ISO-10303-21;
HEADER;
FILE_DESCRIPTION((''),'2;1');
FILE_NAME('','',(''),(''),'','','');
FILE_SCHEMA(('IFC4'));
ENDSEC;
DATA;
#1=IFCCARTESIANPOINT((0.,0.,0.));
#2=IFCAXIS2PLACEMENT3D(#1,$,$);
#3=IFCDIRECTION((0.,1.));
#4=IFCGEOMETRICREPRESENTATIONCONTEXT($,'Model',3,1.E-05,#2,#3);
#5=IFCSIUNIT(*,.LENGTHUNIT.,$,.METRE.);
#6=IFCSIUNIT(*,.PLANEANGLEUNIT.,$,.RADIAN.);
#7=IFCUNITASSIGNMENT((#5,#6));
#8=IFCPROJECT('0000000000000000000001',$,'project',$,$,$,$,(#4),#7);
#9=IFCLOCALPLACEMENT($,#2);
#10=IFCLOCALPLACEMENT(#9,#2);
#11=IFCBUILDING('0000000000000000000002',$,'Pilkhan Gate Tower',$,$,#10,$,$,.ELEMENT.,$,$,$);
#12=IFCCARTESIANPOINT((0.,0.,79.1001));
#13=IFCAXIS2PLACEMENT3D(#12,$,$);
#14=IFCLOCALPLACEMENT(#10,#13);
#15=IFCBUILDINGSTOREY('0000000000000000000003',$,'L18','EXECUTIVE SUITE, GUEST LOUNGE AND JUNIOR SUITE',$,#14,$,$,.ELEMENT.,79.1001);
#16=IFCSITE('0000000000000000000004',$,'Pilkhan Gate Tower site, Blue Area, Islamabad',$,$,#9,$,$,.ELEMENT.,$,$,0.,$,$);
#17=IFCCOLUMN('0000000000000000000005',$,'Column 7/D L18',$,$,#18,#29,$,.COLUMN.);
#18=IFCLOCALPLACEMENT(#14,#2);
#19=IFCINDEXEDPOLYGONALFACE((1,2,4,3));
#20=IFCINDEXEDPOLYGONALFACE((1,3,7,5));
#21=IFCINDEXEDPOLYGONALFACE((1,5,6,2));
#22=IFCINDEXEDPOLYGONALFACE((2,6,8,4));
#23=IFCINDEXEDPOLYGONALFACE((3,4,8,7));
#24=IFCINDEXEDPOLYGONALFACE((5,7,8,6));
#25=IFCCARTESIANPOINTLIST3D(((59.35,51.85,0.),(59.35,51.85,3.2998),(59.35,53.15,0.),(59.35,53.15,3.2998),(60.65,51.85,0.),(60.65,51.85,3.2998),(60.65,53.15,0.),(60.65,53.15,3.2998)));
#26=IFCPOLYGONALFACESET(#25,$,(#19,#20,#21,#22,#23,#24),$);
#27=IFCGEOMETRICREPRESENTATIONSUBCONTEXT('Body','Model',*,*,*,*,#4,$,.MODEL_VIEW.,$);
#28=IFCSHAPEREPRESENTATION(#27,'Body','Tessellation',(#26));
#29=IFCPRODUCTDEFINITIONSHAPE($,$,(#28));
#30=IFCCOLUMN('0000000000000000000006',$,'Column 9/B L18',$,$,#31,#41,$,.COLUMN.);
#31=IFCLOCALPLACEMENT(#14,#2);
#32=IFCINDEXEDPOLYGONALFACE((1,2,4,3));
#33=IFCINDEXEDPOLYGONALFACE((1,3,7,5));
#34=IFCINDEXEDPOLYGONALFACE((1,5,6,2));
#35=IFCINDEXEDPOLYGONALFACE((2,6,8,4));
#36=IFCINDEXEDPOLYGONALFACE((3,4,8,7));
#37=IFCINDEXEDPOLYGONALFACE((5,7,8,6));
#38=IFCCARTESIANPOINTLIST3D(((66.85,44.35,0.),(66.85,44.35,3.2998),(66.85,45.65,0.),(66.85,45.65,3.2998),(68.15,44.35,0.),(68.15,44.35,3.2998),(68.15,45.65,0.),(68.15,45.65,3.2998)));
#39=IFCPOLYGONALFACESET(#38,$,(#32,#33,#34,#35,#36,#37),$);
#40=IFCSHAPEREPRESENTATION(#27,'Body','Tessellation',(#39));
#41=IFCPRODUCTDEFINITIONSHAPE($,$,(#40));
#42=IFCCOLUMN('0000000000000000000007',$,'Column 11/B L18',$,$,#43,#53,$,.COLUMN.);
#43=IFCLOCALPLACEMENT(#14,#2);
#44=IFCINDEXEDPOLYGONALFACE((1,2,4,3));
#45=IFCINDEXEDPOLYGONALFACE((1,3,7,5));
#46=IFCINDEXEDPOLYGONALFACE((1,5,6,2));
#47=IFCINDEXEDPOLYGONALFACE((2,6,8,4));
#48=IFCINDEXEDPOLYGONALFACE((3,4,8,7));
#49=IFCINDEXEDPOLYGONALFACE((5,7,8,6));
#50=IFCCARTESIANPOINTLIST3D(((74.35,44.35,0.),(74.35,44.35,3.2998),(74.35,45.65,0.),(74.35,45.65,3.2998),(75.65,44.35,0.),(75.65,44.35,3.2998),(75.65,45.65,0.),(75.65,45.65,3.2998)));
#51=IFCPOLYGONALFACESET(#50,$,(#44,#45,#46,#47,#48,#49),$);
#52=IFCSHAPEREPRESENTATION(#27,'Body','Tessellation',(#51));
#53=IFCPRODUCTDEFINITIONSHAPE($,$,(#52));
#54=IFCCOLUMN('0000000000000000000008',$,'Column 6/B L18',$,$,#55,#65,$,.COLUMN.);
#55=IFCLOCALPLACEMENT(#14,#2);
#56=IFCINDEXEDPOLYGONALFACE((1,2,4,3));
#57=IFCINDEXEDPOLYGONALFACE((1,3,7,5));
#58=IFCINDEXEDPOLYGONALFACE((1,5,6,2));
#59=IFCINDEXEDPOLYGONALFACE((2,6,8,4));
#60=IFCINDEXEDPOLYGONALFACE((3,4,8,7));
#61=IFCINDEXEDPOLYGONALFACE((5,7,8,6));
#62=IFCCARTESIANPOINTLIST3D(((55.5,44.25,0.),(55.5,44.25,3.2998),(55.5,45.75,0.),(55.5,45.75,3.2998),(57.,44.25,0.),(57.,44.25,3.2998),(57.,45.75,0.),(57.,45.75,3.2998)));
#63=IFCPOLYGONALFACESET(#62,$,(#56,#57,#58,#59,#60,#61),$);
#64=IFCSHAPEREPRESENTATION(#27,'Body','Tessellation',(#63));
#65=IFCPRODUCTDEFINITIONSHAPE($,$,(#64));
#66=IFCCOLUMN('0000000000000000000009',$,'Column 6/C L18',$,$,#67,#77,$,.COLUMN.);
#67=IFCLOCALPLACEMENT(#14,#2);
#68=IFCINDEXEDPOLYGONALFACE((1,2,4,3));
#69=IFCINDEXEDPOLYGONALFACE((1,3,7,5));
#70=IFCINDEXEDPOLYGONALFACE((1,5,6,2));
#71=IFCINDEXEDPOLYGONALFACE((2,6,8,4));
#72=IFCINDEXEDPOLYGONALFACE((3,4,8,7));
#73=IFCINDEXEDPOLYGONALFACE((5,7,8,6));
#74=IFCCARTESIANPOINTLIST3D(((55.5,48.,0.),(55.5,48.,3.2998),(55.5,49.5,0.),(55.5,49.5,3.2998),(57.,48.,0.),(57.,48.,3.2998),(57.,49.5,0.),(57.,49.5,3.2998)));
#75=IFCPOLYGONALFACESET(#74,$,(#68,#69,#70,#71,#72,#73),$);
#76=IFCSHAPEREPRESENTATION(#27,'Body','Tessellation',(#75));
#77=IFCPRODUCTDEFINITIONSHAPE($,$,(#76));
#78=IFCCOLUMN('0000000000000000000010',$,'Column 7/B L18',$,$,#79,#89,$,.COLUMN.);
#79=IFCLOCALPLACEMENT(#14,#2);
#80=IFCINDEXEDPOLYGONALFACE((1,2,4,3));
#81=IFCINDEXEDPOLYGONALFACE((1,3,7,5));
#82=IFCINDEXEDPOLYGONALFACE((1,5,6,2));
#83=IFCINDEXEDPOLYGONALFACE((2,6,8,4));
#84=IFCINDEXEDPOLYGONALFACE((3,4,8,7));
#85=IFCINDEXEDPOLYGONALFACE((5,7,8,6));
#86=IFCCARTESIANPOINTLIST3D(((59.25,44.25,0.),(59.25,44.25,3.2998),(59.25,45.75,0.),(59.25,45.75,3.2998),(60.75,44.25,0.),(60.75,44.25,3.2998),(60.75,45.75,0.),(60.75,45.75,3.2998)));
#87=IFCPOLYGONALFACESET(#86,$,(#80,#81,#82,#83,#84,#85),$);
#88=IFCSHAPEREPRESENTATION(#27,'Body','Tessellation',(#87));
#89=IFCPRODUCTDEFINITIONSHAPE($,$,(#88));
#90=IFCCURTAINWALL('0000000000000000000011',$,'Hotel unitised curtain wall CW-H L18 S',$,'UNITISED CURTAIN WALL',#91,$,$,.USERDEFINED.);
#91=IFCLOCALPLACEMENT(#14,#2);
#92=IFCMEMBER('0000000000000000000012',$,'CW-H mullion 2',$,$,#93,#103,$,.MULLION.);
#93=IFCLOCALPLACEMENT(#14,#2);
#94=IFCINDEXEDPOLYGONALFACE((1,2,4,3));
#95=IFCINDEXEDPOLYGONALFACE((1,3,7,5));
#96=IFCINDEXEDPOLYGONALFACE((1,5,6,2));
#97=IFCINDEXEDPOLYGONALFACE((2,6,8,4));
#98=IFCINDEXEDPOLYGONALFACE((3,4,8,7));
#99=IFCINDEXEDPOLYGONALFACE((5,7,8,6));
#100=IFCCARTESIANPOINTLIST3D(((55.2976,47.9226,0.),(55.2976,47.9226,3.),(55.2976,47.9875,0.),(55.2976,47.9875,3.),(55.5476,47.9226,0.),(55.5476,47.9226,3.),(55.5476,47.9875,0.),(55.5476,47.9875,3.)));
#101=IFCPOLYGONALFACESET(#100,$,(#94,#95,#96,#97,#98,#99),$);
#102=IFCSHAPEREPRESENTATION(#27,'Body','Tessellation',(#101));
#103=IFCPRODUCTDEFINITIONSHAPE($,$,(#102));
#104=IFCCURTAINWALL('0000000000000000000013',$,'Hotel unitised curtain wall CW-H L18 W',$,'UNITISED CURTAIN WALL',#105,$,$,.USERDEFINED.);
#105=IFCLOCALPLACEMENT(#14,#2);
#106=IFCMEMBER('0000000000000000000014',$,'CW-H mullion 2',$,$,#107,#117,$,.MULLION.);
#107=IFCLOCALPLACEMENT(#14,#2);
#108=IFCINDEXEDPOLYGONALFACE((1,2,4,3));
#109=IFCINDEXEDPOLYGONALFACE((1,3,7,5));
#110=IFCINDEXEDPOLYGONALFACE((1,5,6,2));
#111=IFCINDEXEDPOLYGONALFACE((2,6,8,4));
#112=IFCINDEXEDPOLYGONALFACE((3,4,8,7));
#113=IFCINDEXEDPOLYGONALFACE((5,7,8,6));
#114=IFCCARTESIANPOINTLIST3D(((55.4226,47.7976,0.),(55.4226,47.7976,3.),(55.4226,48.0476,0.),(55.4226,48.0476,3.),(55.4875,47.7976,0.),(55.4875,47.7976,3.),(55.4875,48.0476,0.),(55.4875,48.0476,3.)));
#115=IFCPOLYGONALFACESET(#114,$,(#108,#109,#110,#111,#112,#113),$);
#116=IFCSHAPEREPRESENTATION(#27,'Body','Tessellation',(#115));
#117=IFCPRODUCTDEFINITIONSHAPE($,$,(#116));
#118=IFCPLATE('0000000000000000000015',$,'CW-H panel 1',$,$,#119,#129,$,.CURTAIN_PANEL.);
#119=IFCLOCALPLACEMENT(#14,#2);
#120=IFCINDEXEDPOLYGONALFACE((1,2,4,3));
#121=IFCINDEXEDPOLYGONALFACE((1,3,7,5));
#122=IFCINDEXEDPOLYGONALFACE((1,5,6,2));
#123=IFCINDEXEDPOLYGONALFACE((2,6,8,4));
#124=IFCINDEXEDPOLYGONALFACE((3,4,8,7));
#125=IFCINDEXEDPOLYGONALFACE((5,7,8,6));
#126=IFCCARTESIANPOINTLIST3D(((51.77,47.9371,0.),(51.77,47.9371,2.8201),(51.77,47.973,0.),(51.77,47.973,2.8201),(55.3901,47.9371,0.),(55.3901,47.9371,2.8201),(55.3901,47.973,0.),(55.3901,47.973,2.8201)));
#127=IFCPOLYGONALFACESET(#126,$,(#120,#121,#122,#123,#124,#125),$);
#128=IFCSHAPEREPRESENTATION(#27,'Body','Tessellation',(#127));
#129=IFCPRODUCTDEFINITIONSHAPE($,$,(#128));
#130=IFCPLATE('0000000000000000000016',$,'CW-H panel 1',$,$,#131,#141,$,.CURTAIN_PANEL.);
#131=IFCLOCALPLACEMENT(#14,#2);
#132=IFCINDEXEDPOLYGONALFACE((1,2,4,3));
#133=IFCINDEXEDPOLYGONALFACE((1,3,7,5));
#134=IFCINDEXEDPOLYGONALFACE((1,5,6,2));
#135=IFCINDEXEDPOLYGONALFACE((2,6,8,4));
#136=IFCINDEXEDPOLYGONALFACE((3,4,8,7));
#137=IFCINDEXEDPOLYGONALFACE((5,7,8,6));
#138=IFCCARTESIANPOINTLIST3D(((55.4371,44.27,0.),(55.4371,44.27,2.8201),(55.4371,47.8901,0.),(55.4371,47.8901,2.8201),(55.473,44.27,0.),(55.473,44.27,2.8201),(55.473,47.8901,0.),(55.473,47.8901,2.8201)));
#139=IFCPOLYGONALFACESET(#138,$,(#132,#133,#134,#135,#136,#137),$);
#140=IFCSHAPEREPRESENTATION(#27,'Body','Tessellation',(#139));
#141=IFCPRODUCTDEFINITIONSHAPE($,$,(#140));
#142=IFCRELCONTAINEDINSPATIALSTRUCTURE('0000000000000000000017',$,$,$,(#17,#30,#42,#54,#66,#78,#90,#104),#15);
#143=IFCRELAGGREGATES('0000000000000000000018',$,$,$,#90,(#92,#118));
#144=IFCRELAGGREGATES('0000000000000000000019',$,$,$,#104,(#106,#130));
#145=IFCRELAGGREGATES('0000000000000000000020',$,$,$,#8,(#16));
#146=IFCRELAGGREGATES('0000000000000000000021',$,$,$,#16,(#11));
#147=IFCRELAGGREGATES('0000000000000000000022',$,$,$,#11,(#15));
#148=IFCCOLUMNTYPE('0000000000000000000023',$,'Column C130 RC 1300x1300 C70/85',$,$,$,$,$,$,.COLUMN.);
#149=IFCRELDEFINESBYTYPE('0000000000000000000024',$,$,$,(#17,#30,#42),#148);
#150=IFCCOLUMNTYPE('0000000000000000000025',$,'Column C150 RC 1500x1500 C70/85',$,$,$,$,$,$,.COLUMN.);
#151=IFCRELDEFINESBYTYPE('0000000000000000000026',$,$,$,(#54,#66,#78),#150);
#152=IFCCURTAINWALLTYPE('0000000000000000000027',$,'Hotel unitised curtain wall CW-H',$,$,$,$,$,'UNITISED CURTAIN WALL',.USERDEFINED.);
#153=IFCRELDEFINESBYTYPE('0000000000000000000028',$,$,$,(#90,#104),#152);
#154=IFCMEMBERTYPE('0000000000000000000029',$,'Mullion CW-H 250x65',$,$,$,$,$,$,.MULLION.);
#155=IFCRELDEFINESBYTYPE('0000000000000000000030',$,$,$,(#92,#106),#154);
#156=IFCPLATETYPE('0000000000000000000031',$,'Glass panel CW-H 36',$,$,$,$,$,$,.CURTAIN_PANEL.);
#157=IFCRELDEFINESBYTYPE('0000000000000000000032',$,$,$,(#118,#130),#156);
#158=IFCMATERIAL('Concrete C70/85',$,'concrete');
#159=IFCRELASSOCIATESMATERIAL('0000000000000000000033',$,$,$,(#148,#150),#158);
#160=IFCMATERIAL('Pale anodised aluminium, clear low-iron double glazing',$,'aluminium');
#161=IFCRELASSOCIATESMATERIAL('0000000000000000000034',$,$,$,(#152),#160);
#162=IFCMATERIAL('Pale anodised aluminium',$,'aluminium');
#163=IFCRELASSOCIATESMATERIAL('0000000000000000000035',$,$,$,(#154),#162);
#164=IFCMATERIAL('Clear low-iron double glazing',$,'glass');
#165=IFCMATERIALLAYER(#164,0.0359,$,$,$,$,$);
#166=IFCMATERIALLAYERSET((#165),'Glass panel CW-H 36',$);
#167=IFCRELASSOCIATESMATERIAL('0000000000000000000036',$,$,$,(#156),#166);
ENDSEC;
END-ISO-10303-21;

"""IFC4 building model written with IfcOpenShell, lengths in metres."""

from ifc_helpers import new_model, si_unit, direction, frame, origin, origin_2d, place, context, subcontext, project, spatial, rectangle, extrude, material, layer, layer_set, material_profile, profile_set, type_object, element, aggregate, save


model = new_model("IFC4")

# Units and contexts
model_context = context("Model", 3, precision=1e-05, world=origin(), true_north=direction((0.0, 1.0)))
body_context = subcontext(model_context, "Body", "Model", "MODEL_VIEW")
ifc_project = project(units=[si_unit("LENGTHUNIT", "METRE"), si_unit("PLANEANGLEUNIT", "RADIAN")], contexts=[model_context])

# Site, building, storey
site_placement = place(None, origin())
site = spatial("IfcSite", under=ifc_project, at=site_placement, Name="Pilkhan Gate Tower site, Blue Area, Islamabad", CompositionType="ELEMENT", RefElevation=0.0)
building_placement = place(site_placement, origin())
building = spatial("IfcBuilding", under=site, at=building_placement, Name="Pilkhan Gate Tower", CompositionType="ELEMENT")
storey_placement = place(building_placement, frame((0.0, 0.0, 79.1001)))
storey = spatial("IfcBuildingStorey", under=building, at=storey_placement, Name="L18", Description="EXECUTIVE SUITE, GUEST LOUNGE AND JUNIOR SUITE", CompositionType="ELEMENT", Elevation=79.1001)

# Columns
ifc_material_1 = material(Name="Concrete C70/85", Category="concrete")
ifc_material_profile_1 = material_profile(ifc_material_1, rectangle(XDim=1.3, YDim=1.3, at=origin_2d()), Name="RC 1300x1300")
ifc_profile_set_1 = profile_set([ifc_material_profile_1], Name="Concrete C70/85")
column_type_1 = type_object("IfcColumnType", Name="Column C130 RC 1300x1300 C70/85", PredefinedType="COLUMN", material=ifc_profile_set_1)
for number, where, z_axis, x_axis, name in (
    (1, (60.0, 52.5, 0.0), (0.0, 0.0, 1.0), (1.0, 0.0, 0.0), "Column 7/D L18"),
    (2, (67.5, 45.0, 0.0), (0.0, 0.0, 1.0), (1.0, 0.0, 0.0), "Column 9/B L18"),
    (3, (75.0, 45.0, 0.0), (0.0, 0.0, 1.0), (1.0, 0.0, 0.0), "Column 11/B L18"),
):
    element("IfcColumn", number, at=place(storey_placement, frame(where, z_axis=z_axis, x_axis=x_axis)), inside=storey, type_object=column_type_1, Name=name, PredefinedType="COLUMN", context=body_context, shape_type="SweptSolid", body=[
        extrude(rectangle(XDim=1.3, YDim=1.3, at=origin_2d()), origin(), (0.0, 0.0, 1.0), 3.2998),
    ])
ifc_material_profile_2 = material_profile(ifc_material_1, rectangle(XDim=1.5, YDim=1.5, at=origin_2d()), Name="RC 1500x1500")
ifc_profile_set_2 = profile_set([ifc_material_profile_2], Name="Concrete C70/85")
column_type_2 = type_object("IfcColumnType", Name="Column C150 RC 1500x1500 C70/85", PredefinedType="COLUMN", material=ifc_profile_set_2)
for number, where, z_axis, x_axis, name in (
    (4, (56.25, 45.0, 0.0), (0.0, 0.0, 1.0), (1.0, 0.0, 0.0), "Column 6/B L18"),
    (5, (56.25, 48.75, 0.0), (0.0, 0.0, 1.0), (1.0, 0.0, 0.0), "Column 6/C L18"),
    (6, (60.0, 45.0, 0.0), (0.0, 0.0, 1.0), (1.0, 0.0, 0.0), "Column 7/B L18"),
):
    element("IfcColumn", number, at=place(storey_placement, frame(where, z_axis=z_axis, x_axis=x_axis)), inside=storey, type_object=column_type_2, Name=name, PredefinedType="COLUMN", context=body_context, shape_type="SweptSolid", body=[
        extrude(rectangle(XDim=1.5, YDim=1.5, at=origin_2d()), origin(), (0.0, 0.0, 1.0), 3.2998),
    ])

# Curtain walls, members
ifc_material_2 = material(Name="Pale anodised aluminium, clear low-iron double glazing", Category="aluminium")
curtain_wall_type = type_object("IfcCurtainWallType", Name="Hotel unitised curtain wall CW-H", ElementType="UNITISED CURTAIN WALL", PredefinedType="USERDEFINED", material=ifc_material_2)
curtain_wall_1_placement = place(storey_placement, origin())
curtain_wall_1 = element("IfcCurtainWall", 7, at=curtain_wall_1_placement, inside=storey, type_object=curtain_wall_type, Name="Hotel unitised curtain wall CW-H L18 S", ObjectType="UNITISED CURTAIN WALL", PredefinedType="USERDEFINED")
ifc_material_3 = material(Name="Pale anodised aluminium", Category="aluminium")
ifc_material_profile_3 = material_profile(ifc_material_3, rectangle(XDim=0.0649, YDim=0.25, at=origin_2d()), Name="Mullion 250x65")
ifc_profile_set_3 = profile_set([ifc_material_profile_3], Name="Pale anodised aluminium")
member_type = type_object("IfcMemberType", Name="Mullion CW-H 250x65", PredefinedType="MULLION", material=ifc_profile_set_3)
member_1_placement = place(storey_placement, frame((55.4226, 47.9551, 0.0), z_axis=(0.0, 0.0, 1.0), x_axis=(0.0, 1.0, 0.0)))
member_1 = element("IfcMember", 8, at=member_1_placement, type_object=member_type, Name="CW-H mullion 2", PredefinedType="MULLION", context=body_context, shape_type="SweptSolid", body=[
    extrude(rectangle(XDim=0.0649, YDim=0.25, at=origin_2d()), origin(), (0.0, 0.0, 1.0), 3.0),
])
curtain_wall_2_placement = place(storey_placement, origin())
curtain_wall_2 = element("IfcCurtainWall", 9, at=curtain_wall_2_placement, inside=storey, type_object=curtain_wall_type, Name="Hotel unitised curtain wall CW-H L18 W", ObjectType="UNITISED CURTAIN WALL", PredefinedType="USERDEFINED")
member_2_placement = place(storey_placement, frame((55.4551, 47.9226, 0.0), z_axis=(0.0, 0.0, 1.0), x_axis=(-1.0, 0.0, 0.0)))
member_2 = element("IfcMember", 10, at=member_2_placement, type_object=member_type, Name="CW-H mullion 2", PredefinedType="MULLION", context=body_context, shape_type="SweptSolid", body=[
    extrude(rectangle(XDim=0.0649, YDim=0.25, at=origin_2d()), origin(), (0.0, 0.0, 1.0), 3.0),
])

# Plates
ifc_material_4 = material(Name="Clear low-iron double glazing", Category="glass")
ifc_layer_1 = layer(ifc_material_4, 0.0359)
ifc_layer_set_1 = layer_set([ifc_layer_1], Name="Glass panel CW-H 36")
plate_type = type_object("IfcPlateType", Name="Glass panel CW-H 36", PredefinedType="CURTAIN_PANEL", material=ifc_layer_set_1)
plate_1_placement = place(storey_placement, frame((53.5801, 47.9551, 0.0), z_axis=(0.0, 0.0, 1.0), x_axis=(1.0, 0.0, 0.0)))
plate_1 = element("IfcPlate", 11, at=plate_1_placement, type_object=plate_type, Name="CW-H panel 1", PredefinedType="CURTAIN_PANEL", context=body_context, shape_type="SweptSolid", body=[
    extrude(rectangle(XDim=3.6201, YDim=0.0359, at=origin_2d()), origin(), (0.0, 0.0, 1.0), 2.8201),
])
aggregate(curtain_wall_1, [member_1, plate_1])
plate_2_placement = place(storey_placement, frame((55.4551, 46.0801, 0.0), z_axis=(0.0, 0.0, 1.0), x_axis=(0.0, 1.0, 0.0)))
plate_2 = element("IfcPlate", 12, at=plate_2_placement, type_object=plate_type, Name="CW-H panel 1", PredefinedType="CURTAIN_PANEL", context=body_context, shape_type="SweptSolid", body=[
    extrude(rectangle(XDim=3.6201, YDim=0.0359, at=origin_2d()), origin(), (0.0, 0.0, 1.0), 2.8201),
])
aggregate(curtain_wall_2, [member_2, plate_2])

save(model, "model.ifc")
